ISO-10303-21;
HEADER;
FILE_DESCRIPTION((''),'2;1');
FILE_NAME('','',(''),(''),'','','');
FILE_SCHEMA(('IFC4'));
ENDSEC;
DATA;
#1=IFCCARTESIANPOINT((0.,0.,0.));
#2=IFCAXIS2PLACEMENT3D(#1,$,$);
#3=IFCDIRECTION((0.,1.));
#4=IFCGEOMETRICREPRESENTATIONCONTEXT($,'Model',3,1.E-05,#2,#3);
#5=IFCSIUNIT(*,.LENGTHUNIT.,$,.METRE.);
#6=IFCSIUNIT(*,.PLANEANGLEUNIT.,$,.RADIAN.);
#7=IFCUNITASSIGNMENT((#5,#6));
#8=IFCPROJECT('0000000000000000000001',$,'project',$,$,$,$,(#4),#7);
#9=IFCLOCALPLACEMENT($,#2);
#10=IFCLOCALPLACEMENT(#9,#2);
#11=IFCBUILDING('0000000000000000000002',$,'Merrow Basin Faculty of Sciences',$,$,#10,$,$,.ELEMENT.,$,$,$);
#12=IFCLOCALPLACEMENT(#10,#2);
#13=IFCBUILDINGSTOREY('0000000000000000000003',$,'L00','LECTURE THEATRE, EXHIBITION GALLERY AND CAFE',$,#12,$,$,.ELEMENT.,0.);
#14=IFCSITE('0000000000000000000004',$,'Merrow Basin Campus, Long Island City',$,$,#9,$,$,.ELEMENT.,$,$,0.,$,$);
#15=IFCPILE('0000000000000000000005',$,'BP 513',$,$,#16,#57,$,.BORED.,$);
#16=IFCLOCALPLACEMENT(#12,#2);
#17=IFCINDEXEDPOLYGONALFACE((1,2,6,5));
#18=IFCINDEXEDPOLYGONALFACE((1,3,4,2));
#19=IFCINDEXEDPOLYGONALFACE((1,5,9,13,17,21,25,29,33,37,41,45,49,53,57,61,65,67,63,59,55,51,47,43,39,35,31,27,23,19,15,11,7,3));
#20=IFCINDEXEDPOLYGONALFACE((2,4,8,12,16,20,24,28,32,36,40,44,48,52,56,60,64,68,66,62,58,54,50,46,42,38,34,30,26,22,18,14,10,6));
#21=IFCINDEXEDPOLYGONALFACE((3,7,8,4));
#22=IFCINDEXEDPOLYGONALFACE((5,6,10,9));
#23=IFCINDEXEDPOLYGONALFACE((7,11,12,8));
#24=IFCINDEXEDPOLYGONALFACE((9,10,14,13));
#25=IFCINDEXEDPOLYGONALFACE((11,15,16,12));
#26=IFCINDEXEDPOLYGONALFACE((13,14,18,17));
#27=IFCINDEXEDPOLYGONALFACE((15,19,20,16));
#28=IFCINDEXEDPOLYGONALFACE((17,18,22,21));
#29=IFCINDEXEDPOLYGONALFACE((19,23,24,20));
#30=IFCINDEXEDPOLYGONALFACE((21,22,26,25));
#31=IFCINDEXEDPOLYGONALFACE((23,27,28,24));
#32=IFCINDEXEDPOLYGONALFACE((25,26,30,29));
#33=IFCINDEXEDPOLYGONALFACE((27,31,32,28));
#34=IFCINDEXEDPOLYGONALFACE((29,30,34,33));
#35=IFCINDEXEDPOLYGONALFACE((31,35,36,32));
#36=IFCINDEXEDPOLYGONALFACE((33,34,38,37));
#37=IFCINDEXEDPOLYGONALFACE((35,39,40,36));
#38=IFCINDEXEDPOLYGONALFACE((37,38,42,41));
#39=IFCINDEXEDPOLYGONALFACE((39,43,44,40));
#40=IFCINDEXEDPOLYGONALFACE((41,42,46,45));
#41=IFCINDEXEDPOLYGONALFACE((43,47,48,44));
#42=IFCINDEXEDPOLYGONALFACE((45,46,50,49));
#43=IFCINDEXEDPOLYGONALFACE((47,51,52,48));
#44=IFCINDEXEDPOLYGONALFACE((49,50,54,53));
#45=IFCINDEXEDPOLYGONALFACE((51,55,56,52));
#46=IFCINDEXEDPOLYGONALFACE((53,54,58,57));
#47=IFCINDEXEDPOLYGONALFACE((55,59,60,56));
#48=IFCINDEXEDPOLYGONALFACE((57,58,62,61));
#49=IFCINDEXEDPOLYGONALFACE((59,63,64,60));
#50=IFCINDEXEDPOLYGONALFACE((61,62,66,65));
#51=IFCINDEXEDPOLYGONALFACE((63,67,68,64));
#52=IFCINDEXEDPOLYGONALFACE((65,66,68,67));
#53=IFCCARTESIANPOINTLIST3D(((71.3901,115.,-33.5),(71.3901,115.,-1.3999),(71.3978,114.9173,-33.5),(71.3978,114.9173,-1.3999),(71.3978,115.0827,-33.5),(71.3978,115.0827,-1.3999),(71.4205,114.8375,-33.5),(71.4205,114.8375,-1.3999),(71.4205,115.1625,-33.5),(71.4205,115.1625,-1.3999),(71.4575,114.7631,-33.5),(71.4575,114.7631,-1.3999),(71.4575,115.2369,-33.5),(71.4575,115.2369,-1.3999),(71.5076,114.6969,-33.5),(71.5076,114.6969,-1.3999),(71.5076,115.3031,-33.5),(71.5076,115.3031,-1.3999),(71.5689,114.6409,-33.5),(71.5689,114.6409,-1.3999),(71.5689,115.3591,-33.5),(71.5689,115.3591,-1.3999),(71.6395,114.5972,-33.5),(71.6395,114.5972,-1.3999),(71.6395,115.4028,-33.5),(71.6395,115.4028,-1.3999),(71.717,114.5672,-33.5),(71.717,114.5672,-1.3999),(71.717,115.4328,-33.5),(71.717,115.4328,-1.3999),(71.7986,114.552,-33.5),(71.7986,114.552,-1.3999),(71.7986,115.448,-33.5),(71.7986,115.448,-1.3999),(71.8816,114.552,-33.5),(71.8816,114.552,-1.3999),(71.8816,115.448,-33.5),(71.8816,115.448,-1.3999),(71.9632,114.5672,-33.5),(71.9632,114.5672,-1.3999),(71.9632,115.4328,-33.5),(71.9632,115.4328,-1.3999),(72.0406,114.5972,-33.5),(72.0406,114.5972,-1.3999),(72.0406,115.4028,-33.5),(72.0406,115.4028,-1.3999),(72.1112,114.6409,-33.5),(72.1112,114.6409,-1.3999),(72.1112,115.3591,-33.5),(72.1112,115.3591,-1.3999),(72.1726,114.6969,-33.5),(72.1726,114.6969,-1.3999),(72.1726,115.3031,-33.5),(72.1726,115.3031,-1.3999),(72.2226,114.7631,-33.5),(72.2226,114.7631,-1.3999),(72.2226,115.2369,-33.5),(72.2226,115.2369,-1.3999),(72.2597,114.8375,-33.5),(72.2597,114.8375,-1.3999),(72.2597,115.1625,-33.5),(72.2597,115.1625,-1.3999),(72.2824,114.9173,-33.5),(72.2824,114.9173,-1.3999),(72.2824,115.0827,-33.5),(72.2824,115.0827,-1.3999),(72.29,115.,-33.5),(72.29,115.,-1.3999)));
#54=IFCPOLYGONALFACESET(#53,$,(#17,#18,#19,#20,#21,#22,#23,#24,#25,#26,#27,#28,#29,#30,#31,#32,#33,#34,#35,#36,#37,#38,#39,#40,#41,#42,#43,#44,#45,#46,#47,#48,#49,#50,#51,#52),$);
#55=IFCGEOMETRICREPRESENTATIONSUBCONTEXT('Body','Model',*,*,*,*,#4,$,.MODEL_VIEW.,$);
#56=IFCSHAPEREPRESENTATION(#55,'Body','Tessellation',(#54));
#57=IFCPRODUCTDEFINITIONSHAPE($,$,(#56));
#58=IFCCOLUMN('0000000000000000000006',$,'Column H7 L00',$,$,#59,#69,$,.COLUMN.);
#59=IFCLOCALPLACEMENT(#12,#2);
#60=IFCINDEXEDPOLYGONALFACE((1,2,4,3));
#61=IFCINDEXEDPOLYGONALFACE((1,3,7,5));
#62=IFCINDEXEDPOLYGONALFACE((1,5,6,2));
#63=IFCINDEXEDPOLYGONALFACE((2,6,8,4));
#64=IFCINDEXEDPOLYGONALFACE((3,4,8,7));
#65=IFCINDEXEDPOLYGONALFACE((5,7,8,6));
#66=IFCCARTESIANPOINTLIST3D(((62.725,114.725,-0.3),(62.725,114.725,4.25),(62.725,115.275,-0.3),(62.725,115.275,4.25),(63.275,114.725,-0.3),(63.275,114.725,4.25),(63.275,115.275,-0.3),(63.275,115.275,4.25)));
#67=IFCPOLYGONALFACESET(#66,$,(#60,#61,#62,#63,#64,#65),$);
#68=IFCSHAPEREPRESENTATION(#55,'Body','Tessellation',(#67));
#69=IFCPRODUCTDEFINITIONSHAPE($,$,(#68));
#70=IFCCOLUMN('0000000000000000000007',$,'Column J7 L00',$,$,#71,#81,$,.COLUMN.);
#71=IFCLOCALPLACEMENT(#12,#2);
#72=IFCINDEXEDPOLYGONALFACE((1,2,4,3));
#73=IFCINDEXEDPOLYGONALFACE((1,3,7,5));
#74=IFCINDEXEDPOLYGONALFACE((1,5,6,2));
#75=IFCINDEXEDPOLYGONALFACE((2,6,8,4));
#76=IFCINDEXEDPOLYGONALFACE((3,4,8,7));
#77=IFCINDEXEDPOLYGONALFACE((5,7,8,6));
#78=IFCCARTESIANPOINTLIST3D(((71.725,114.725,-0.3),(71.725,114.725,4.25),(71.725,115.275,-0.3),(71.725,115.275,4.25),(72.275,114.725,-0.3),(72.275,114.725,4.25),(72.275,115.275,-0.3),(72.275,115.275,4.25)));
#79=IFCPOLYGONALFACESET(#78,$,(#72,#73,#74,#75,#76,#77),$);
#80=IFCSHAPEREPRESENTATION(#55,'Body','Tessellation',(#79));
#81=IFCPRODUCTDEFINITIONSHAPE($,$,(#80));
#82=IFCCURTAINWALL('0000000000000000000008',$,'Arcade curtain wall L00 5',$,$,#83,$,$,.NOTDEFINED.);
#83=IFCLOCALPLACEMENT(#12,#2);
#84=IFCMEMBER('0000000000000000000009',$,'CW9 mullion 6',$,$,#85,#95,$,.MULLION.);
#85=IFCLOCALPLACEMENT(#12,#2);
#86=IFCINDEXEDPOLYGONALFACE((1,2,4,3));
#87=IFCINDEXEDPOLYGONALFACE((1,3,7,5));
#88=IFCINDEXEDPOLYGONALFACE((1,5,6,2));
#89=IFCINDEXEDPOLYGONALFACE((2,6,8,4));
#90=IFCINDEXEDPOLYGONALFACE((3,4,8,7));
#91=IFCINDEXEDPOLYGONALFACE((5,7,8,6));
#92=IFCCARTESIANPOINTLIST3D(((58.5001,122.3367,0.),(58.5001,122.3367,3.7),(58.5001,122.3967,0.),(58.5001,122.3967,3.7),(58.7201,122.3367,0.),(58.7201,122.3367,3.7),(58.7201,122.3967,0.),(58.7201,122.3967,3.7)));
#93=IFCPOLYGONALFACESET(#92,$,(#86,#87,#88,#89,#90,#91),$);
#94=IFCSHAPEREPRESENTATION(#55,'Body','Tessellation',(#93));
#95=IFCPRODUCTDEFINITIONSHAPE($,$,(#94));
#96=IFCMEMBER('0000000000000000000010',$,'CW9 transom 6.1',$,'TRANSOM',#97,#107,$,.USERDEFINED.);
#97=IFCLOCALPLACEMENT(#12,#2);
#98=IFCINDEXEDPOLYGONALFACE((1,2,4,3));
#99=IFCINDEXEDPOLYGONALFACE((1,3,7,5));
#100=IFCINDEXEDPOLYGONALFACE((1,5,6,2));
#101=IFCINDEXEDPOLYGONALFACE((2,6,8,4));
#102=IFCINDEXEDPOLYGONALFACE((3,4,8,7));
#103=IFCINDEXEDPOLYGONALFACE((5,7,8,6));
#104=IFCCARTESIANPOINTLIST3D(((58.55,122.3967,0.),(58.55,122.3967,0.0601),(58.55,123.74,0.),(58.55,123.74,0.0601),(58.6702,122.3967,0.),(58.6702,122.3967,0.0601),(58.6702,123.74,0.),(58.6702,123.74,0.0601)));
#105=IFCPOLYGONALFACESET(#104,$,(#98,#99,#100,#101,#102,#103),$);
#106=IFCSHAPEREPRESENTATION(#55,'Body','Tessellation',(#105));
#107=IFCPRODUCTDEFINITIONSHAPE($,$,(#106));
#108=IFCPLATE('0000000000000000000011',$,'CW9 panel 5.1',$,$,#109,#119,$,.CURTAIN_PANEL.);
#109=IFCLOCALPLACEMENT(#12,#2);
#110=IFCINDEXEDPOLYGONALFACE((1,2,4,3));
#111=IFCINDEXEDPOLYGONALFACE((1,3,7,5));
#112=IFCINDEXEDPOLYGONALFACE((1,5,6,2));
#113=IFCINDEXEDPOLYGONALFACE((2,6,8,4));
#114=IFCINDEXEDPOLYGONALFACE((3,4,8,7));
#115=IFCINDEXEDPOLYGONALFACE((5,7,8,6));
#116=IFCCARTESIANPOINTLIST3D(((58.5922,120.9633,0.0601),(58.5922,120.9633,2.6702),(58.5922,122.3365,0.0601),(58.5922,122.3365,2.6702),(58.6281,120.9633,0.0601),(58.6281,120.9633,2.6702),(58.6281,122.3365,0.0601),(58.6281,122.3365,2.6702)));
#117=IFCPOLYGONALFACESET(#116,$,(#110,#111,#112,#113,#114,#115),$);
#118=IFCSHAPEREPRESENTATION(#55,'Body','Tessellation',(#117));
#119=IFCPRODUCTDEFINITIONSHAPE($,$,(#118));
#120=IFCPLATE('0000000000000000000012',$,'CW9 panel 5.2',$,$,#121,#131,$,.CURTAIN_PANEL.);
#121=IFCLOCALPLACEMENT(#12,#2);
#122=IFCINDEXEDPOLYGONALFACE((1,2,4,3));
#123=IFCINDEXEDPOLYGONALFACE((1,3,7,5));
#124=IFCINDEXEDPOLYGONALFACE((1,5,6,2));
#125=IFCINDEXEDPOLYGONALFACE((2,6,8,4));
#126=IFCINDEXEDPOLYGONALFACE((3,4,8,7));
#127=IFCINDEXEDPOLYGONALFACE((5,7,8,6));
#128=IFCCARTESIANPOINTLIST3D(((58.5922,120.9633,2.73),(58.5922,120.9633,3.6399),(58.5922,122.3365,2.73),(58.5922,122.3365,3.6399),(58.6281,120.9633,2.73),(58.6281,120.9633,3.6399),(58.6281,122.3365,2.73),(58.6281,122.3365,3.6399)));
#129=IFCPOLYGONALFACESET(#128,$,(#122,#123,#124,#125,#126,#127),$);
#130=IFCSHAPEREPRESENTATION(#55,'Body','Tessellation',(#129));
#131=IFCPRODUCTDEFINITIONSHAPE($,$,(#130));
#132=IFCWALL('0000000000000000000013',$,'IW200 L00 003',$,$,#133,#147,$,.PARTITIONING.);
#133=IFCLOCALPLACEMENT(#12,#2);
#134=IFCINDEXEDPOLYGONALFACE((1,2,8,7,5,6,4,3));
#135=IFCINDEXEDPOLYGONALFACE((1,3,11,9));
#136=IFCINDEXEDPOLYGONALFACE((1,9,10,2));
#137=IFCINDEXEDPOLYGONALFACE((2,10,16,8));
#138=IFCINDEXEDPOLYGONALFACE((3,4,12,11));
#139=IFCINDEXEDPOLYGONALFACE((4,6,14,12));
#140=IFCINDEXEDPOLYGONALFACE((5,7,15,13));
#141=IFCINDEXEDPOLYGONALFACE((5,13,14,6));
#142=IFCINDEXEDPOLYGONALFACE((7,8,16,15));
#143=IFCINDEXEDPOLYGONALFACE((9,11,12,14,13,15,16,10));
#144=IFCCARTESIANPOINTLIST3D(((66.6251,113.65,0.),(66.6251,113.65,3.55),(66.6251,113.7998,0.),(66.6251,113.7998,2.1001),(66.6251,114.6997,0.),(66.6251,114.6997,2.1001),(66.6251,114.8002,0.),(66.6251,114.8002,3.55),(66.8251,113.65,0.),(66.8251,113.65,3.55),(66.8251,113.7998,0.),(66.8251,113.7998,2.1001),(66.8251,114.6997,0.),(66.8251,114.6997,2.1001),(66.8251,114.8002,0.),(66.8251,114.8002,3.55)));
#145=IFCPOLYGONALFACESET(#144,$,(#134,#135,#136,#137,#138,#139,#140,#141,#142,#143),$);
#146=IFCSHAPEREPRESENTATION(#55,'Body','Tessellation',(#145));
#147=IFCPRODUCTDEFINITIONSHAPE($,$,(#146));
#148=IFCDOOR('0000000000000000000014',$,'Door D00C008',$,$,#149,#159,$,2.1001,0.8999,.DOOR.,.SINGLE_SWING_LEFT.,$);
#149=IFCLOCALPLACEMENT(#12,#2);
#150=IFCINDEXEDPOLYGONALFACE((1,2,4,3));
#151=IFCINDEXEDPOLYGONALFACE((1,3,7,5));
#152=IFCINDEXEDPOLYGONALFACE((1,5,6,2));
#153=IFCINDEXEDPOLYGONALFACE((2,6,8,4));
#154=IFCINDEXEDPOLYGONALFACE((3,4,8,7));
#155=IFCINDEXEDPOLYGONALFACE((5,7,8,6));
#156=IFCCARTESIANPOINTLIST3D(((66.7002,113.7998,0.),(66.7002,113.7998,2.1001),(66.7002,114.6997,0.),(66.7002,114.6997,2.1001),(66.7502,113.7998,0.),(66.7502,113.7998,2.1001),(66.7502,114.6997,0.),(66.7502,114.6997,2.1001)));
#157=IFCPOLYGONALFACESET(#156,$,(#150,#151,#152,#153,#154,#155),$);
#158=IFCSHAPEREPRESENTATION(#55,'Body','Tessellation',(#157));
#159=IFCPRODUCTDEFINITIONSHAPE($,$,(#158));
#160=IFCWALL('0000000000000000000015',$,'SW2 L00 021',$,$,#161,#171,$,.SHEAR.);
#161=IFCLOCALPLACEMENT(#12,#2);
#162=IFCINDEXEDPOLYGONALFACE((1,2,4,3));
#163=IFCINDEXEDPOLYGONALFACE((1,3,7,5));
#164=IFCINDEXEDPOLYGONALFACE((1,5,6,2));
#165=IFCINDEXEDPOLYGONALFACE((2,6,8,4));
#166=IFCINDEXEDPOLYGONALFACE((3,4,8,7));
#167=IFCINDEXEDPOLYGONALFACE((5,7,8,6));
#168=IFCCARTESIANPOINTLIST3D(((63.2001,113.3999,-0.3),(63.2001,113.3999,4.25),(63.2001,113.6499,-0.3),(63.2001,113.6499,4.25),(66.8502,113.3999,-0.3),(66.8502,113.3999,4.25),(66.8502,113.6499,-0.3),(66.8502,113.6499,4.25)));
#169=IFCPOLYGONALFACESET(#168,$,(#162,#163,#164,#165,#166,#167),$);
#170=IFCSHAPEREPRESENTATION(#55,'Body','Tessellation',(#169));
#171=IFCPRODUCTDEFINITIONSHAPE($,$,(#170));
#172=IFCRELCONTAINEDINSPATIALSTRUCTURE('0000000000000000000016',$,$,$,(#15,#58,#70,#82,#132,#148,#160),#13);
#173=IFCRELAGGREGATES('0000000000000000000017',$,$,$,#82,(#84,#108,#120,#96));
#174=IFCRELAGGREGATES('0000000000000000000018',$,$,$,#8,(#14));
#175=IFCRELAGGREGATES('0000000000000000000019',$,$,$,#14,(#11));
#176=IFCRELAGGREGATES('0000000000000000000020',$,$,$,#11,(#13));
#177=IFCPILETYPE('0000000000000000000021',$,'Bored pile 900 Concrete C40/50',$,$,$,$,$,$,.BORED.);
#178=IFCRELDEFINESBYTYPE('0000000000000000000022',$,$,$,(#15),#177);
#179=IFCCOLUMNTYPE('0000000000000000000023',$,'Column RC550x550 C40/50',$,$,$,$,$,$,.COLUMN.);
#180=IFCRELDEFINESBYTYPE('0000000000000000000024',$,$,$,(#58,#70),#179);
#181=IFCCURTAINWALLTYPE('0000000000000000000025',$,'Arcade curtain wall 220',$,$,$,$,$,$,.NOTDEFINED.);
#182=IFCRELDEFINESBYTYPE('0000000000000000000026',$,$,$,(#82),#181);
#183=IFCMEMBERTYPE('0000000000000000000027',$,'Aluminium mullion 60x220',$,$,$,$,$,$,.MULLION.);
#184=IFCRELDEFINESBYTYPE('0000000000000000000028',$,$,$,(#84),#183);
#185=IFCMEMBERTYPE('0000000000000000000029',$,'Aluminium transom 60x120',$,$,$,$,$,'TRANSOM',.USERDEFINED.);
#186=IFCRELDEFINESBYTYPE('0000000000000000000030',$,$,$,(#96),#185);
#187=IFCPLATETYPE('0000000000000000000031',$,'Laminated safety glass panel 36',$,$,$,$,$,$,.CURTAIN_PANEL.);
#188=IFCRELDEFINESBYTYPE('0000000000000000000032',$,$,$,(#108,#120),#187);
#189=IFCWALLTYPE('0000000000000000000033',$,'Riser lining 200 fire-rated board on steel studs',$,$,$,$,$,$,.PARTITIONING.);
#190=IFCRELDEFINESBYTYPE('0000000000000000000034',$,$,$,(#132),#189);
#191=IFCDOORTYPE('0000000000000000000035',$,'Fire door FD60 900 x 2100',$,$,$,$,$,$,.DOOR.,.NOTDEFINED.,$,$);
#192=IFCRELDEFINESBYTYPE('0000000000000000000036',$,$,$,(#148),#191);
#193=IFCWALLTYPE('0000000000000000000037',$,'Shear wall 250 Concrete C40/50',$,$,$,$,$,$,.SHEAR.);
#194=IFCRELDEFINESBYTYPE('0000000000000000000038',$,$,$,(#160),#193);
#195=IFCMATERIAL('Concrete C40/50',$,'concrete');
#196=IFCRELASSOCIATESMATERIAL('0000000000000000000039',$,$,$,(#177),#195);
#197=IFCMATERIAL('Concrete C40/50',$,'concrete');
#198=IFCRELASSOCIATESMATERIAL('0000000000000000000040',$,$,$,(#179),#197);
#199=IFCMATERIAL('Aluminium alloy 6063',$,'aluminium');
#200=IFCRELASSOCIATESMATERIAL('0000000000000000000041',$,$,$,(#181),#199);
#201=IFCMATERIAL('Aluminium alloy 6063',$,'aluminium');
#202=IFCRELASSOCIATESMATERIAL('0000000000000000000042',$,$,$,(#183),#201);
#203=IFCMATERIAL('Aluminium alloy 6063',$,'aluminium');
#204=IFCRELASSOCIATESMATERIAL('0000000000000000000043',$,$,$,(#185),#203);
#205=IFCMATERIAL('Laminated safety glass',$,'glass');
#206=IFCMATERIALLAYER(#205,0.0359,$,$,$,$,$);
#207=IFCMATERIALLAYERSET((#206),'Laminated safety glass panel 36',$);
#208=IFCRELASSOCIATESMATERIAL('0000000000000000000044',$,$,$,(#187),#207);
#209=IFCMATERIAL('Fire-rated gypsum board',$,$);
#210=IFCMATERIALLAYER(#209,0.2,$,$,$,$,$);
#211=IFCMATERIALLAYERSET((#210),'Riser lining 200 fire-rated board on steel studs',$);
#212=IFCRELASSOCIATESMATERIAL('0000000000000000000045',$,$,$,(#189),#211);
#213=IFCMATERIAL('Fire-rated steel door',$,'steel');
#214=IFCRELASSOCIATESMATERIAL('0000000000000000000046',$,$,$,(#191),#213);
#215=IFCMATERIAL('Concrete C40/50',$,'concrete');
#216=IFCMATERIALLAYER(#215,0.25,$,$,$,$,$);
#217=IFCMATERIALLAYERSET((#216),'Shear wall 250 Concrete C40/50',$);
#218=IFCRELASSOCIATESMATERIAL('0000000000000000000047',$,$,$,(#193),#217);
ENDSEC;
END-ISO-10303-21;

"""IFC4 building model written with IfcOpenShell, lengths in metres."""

from ifc_helpers import new_model, si_unit, direction, frame, frame_2d, origin, origin_2d, place, context, subcontext, project, spatial, rectangle, circle, extrude, material, layer, layer_set, material_profile, profile_set, type_object, element, fill, aggregate, save


model = new_model("IFC4")

# Units and contexts
model_context = context("Model", 3, precision=1e-05, world=origin(), true_north=direction((0.0, 1.0)))
body_context = subcontext(model_context, "Body", "Model", "MODEL_VIEW")
ifc_project = project(units=[si_unit("LENGTHUNIT", "METRE"), si_unit("PLANEANGLEUNIT", "RADIAN")], contexts=[model_context])

# Site, building, storey
site_placement = place(None, origin())
site = spatial("IfcSite", under=ifc_project, at=site_placement, Name="Merrow Basin Campus, Long Island City", CompositionType="ELEMENT", RefElevation=0.0)
building_placement = place(site_placement, origin())
building = spatial("IfcBuilding", under=site, at=building_placement, Name="Merrow Basin Faculty of Sciences", CompositionType="ELEMENT")
storey_placement = place(building_placement, origin())
storey = spatial("IfcBuildingStorey", under=building, at=storey_placement, Name="L00", Description="LECTURE THEATRE, EXHIBITION GALLERY AND CAFE", CompositionType="ELEMENT", Elevation=0.0)

# Pile
ifc_material_1 = material(Name="Concrete C40/50", Category="concrete")
ifc_material_profile_1 = material_profile(ifc_material_1, circle(Radius=0.45, at=origin_2d()))
ifc_profile_set_1 = profile_set([ifc_material_profile_1], Name="Concrete C40/50")
pile_type_1 = type_object("IfcPileType", Name="Bored pile 900 Concrete C40/50", PredefinedType="BORED", material=ifc_profile_set_1)
for number, where, z_axis, x_axis, name in (
    (1, (71.8401, 115.0, -1.3999), (0.0, 0.0, -1.0), (1.0, 0.0, 0.0), "BP 513"),
):
    element("IfcPile", number, at=place(storey_placement, frame(where, z_axis=z_axis, x_axis=x_axis)), inside=storey, type_object=pile_type_1, Name=name, PredefinedType="BORED", context=body_context, shape_type="SweptSolid", body=[
        extrude(circle(Radius=0.45, at=origin_2d()), origin(), (0.0, 0.0, 1.0), 32.1001),
    ])

# Columns
ifc_material_2 = material(Name="Concrete C40/50", Category="concrete")
ifc_material_profile_2 = material_profile(ifc_material_2, rectangle(XDim=0.55, YDim=0.55, at=origin_2d()))
ifc_profile_set_2 = profile_set([ifc_material_profile_2], Name="Concrete C40/50")
column_type = type_object("IfcColumnType", Name="Column RC550x550 C40/50", PredefinedType="COLUMN", material=ifc_profile_set_2)
for number, where, z_axis, x_axis, name in (
    (2, (63.0, 115.0, -0.3), (0.0, 0.0, 1.0), (1.0, 0.0, 0.0), "Column H7 L00"),
    (3, (72.0, 115.0, -0.3), (0.0, 0.0, 1.0), (1.0, 0.0, 0.0), "Column J7 L00"),
):
    element("IfcColumn", number, at=place(storey_placement, frame(where, z_axis=z_axis, x_axis=x_axis)), inside=storey, type_object=column_type, Name=name, PredefinedType="COLUMN", context=body_context, shape_type="SweptSolid", body=[
        extrude(rectangle(XDim=0.55, YDim=0.55, at=origin_2d()), origin(), (0.0, 0.0, 1.0), 4.55),
    ])

# Curtain wall, members, plates
ifc_material_3 = material(Name="Aluminium alloy 6063", Category="aluminium")
curtain_wall_type = type_object("IfcCurtainWallType", Name="Arcade curtain wall 220", PredefinedType="NOTDEFINED", material=ifc_material_3)
curtain_wall_placement = place(storey_placement, origin())
curtain_wall = element("IfcCurtainWall", 4, at=curtain_wall_placement, inside=storey, type_object=curtain_wall_type, Name="Arcade curtain wall L00 5", PredefinedType="NOTDEFINED")
ifc_material_4 = material(Name="Aluminium alloy 6063", Category="aluminium")
ifc_material_profile_3 = material_profile(ifc_material_4, rectangle(XDim=0.22, YDim=0.0601, at=origin_2d()))
ifc_profile_set_3 = profile_set([ifc_material_profile_3], Name="Aluminium alloy 6063")
member_type_1 = type_object("IfcMemberType", Name="Aluminium mullion 60x220", PredefinedType="MULLION", material=ifc_profile_set_3)
member_1_placement = place(storey_placement, frame((58.6101, 122.3667, 0.0), z_axis=(0.0, 0.0, 1.0), x_axis=(-1.0, 0.0, 0.0)))
member_1 = element("IfcMember", 5, at=member_1_placement, type_object=member_type_1, Name="CW9 mullion 6", PredefinedType="MULLION", context=body_context, shape_type="SweptSolid", body=[
    extrude(rectangle(XDim=0.22, YDim=0.0601, at=origin_2d()), origin(), (0.0, 0.0, 1.0), 3.7),
])
ifc_material_5 = material(Name="Aluminium alloy 6063", Category="aluminium")
ifc_material_profile_4 = material_profile(ifc_material_5, rectangle(XDim=0.1201, YDim=0.0601, at=origin_2d()))
ifc_profile_set_4 = profile_set([ifc_material_profile_4], Name="Aluminium alloy 6063")
member_type_2 = type_object("IfcMemberType", Name="Aluminium transom 60x120", ElementType="TRANSOM", PredefinedType="USERDEFINED", material=ifc_profile_set_4)
member_2_placement = place(storey_placement, frame((58.6101, 122.3967, 0.03), z_axis=(0.0, 1.0, 0.0), x_axis=(-1.0, 0.0, 0.0)))
member_2 = element("IfcMember", 6, at=member_2_placement, type_object=member_type_2, Name="CW9 transom 6.1", ObjectType="TRANSOM", PredefinedType="USERDEFINED", context=body_context, shape_type="SweptSolid", body=[
    extrude(rectangle(XDim=0.1201, YDim=0.0601, at=origin_2d()), origin(), (0.0, 0.0, 1.0), 1.3433),
])
ifc_material_6 = material(Name="Laminated safety glass", Category="glass")
ifc_layer_1 = layer(ifc_material_6, 0.0359)
ifc_layer_set_1 = layer_set([ifc_layer_1], Name="Laminated safety glass panel 36")
plate_type = type_object("IfcPlateType", Name="Laminated safety glass panel 36", PredefinedType="CURTAIN_PANEL", material=ifc_layer_set_1)
plate_1_placement = place(storey_placement, frame((58.6101, 121.6499, 0.0601), z_axis=(0.0, 0.0, 1.0), x_axis=(0.0, 1.0, 0.0)))
plate_1 = element("IfcPlate", 7, at=plate_1_placement, type_object=plate_type, Name="CW9 panel 5.1", PredefinedType="CURTAIN_PANEL", context=body_context, shape_type="SweptSolid", body=[
    extrude(rectangle(XDim=1.3733, YDim=0.0359, at=origin_2d()), origin(), (0.0, 0.0, 1.0), 2.6101),
])
plate_2_placement = place(storey_placement, frame((58.6101, 121.6499, 2.73), z_axis=(0.0, 0.0, 1.0), x_axis=(0.0, 1.0, 0.0)))
plate_2 = element("IfcPlate", 8, at=plate_2_placement, type_object=plate_type, Name="CW9 panel 5.2", PredefinedType="CURTAIN_PANEL", context=body_context, shape_type="SweptSolid", body=[
    extrude(rectangle(XDim=1.3733, YDim=0.0359, at=origin_2d()), origin(), (0.0, 0.0, 1.0), 0.9099),
])
aggregate(curtain_wall, [member_1, plate_1, plate_2, member_2])

# Wall, opening, door
ifc_material_7 = material(Name="Fire-rated gypsum board")
ifc_layer_2 = layer(ifc_material_7, 0.2)
ifc_layer_set_2 = layer_set([ifc_layer_2], Name="Riser lining 200 fire-rated board on steel studs")
wall_type_1 = type_object("IfcWallType", Name="Riser lining 200 fire-rated board on steel studs", PredefinedType="PARTITIONING", material=ifc_layer_set_2)
wall_1_placement = place(storey_placement, frame((66.7251, 113.6499, 0.0), z_axis=(0.0, 0.0, 1.0), x_axis=(0.0, 1.0, 0.0)))
wall_1 = element("IfcWall", 9, at=wall_1_placement, inside=storey, type_object=wall_type_1, Name="IW200 L00 003", PredefinedType="PARTITIONING", context=body_context, shape_type="SweptSolid", body=[
    extrude(rectangle(XDim=1.1501, YDim=0.2, at=frame_2d((0.5752, 0.0))), origin(), (0.0, 0.0, 1.0), 3.55),
])
opening_1_placement = place(wall_1_placement, frame((0.1499, 0.0, 0.0)))
opening_1 = element("IfcOpeningElement", 10, at=opening_1_placement, cuts=wall_1, PredefinedType="OPENING", context=body_context, shape_type="SweptSolid", body=[
    extrude(rectangle(XDim=0.8999, YDim=2.1001, at=frame_2d((0.45, 1.05))), frame((0.0, 0.1099, 0.0), z_axis=(0.0, -1.0, 0.0), x_axis=(1.0, 0.0, 0.0)), (0.0, 0.0, 1.0), 0.22),
])
ifc_material_8 = material(Name="Fire-rated steel door", Category="steel")
door_type_1 = type_object("IfcDoorType", Name="Fire door FD60 900 x 2100", OperationType="NOTDEFINED", PredefinedType="DOOR", material=ifc_material_8)
door_1_placement = place(opening_1_placement, origin())
door_1 = element("IfcDoor", 11, at=door_1_placement, inside=storey, type_object=door_type_1, Name="Door D00C008", OperationType="SINGLE_SWING_LEFT", OverallHeight=2.1001, OverallWidth=0.8999, PredefinedType="DOOR", context=body_context, shape_type="SweptSolid", body=[
    extrude(rectangle(XDim=0.8999, YDim=2.1001, at=frame_2d((0.45, 1.05))), frame((0.0, 0.0249, 0.0), z_axis=(0.0, -1.0, 0.0), x_axis=(1.0, 0.0, 0.0)), (0.0, 0.0, 1.0), 0.05),
])
fill(opening_1, door_1)

# Wall
ifc_material_9 = material(Name="Concrete C40/50", Category="concrete")
ifc_layer_3 = layer(ifc_material_9, 0.25)
ifc_layer_set_3 = layer_set([ifc_layer_3], Name="Shear wall 250 Concrete C40/50")
wall_type_2 = type_object("IfcWallType", Name="Shear wall 250 Concrete C40/50", PredefinedType="SHEAR", material=ifc_layer_set_3)
wall_2_placement = place(storey_placement, frame((63.2, 113.5249, -0.3), z_axis=(0.0, 0.0, 1.0), x_axis=(1.0, 0.0, 0.0)))
element("IfcWall", 12, at=wall_2_placement, inside=storey, type_object=wall_type_2, Name="SW2 L00 021", PredefinedType="SHEAR", context=body_context, shape_type="SweptSolid", body=[
    extrude(rectangle(XDim=3.6501, YDim=0.25, at=frame_2d((1.8252, 0.0))), origin(), (0.0, 0.0, 1.0), 4.55),
])

save(model, "model.ifc")
